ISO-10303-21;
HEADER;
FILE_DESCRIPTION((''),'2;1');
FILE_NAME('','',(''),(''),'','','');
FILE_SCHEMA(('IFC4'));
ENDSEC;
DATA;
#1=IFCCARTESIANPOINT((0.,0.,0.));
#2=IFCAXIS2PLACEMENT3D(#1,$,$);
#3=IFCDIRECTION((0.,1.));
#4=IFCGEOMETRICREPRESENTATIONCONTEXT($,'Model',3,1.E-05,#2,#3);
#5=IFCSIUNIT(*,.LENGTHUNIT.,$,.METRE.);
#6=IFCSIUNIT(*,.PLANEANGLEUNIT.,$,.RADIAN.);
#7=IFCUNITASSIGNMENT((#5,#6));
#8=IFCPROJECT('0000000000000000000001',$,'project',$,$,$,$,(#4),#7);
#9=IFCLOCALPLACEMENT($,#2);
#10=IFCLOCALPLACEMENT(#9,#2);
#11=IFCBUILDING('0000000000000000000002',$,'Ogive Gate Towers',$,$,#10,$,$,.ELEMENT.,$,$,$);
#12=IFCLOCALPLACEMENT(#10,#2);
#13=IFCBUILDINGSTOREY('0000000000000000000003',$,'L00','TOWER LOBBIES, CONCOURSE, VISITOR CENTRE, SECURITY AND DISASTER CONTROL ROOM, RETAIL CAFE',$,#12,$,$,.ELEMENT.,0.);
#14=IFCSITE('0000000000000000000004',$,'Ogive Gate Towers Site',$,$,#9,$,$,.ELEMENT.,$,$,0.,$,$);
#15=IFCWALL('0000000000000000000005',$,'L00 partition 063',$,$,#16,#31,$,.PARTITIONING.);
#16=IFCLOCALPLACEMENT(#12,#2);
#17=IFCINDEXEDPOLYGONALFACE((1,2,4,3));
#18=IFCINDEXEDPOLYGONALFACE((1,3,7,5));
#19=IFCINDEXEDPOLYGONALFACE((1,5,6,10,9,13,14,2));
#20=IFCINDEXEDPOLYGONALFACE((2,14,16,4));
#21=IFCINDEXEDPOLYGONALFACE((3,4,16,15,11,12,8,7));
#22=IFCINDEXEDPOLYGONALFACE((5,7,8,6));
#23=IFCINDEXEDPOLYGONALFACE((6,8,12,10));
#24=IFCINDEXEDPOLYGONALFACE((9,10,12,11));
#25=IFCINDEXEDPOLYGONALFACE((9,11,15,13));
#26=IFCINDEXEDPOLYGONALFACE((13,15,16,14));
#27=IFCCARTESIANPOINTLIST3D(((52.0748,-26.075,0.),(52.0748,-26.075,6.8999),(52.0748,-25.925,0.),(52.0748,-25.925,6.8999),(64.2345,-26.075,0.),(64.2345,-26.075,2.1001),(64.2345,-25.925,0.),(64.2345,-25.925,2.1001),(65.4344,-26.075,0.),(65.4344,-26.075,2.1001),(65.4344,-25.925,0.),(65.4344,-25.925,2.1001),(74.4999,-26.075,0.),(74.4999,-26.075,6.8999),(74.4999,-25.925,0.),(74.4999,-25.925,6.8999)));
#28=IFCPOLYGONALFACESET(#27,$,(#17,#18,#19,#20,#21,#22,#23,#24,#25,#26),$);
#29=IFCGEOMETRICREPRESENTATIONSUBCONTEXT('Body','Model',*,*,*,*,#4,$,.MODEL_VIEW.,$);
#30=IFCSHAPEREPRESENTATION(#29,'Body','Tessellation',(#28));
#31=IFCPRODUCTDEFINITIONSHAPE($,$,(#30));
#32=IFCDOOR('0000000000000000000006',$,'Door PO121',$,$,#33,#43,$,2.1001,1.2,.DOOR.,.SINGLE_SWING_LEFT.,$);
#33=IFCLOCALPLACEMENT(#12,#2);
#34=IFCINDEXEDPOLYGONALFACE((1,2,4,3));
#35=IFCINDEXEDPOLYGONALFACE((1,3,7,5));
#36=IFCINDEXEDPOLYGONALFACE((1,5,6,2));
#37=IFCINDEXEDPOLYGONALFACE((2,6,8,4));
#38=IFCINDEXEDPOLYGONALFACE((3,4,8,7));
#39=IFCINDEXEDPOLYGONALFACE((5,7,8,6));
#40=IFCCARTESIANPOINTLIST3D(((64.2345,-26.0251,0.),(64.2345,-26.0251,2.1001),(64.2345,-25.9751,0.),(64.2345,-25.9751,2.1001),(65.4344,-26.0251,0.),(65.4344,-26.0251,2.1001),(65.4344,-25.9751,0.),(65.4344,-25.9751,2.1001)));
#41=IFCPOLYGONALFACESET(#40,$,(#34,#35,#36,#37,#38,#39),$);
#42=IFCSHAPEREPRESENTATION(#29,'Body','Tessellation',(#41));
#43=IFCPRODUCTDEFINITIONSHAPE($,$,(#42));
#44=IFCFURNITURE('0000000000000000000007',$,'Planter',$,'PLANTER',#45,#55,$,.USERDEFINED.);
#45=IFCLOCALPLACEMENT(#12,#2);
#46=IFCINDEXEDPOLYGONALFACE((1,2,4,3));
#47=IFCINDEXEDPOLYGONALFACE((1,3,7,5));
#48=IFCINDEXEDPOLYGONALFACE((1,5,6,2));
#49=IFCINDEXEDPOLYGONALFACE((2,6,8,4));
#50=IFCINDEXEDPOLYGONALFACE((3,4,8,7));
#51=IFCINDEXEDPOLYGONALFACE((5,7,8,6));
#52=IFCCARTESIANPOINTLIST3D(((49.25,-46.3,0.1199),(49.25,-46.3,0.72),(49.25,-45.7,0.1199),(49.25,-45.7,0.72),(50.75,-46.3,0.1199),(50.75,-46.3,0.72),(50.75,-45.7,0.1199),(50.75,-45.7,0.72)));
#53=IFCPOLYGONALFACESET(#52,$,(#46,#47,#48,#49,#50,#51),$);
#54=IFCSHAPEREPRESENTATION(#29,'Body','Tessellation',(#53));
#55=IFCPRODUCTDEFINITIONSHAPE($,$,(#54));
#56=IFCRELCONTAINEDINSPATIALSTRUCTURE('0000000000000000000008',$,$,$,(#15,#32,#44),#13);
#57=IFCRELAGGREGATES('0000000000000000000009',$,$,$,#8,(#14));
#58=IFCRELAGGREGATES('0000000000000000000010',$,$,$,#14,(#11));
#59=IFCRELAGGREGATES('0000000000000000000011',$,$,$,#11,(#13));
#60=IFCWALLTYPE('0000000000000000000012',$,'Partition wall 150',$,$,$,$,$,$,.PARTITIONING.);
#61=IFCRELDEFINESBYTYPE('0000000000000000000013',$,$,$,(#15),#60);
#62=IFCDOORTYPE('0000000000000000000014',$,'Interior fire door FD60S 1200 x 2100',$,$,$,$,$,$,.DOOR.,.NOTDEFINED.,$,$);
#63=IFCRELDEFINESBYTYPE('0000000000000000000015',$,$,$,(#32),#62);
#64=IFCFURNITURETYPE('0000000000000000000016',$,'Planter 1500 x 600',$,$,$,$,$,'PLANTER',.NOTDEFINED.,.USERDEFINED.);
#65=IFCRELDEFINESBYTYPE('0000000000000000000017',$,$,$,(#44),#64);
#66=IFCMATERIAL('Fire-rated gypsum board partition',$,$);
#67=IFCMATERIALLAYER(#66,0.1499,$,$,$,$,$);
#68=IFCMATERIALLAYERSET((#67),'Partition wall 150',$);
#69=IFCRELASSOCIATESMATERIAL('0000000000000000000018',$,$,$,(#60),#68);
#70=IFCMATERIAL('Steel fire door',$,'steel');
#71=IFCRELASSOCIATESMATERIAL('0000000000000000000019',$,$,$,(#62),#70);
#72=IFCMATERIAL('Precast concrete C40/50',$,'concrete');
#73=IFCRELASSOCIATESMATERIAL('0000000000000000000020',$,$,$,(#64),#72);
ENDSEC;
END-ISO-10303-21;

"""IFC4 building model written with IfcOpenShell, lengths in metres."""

from ifc_helpers import new_model, si_unit, direction, frame, frame_2d, origin, origin_2d, place, context, subcontext, project, spatial, rectangle, extrude, material, layer, layer_set, type_object, element, fill, save


model = new_model("IFC4")

# Units and contexts
model_context = context("Model", 3, precision=1e-05, world=origin(), true_north=direction((0.0, 1.0)))
body_context = subcontext(model_context, "Body", "Model", "MODEL_VIEW")
ifc_project = project(units=[si_unit("LENGTHUNIT", "METRE"), si_unit("PLANEANGLEUNIT", "RADIAN")], contexts=[model_context])

# Site, building, storey
site_placement = place(None, origin())
site = spatial("IfcSite", under=ifc_project, at=site_placement, Name="Ogive Gate Towers Site", CompositionType="ELEMENT", RefElevation=0.0)
building_placement = place(site_placement, origin())
building = spatial("IfcBuilding", under=site, at=building_placement, Name="Ogive Gate Towers", CompositionType="ELEMENT")
storey_placement = place(building_placement, origin())
storey = spatial("IfcBuildingStorey", under=building, at=storey_placement, Name="L00", Description="TOWER LOBBIES, CONCOURSE, VISITOR CENTRE, SECURITY AND DISASTER CONTROL ROOM, RETAIL CAFE", CompositionType="ELEMENT", Elevation=0.0)

# Shared definitions
ifc_material_1 = material(Name="Precast concrete C40/50", Category="concrete")

# Shared definitions
ifc_material_2 = material(Name="Fire-rated gypsum board partition")
ifc_layer_1 = layer(ifc_material_2, 0.1499)
ifc_layer_set_1 = layer_set([ifc_layer_1], Name="Partition wall 150")
wall_type_1 = type_object("IfcWallType", Name="Partition wall 150", PredefinedType="PARTITIONING", material=ifc_layer_set_1)
ifc_material_3 = material(Name="Steel fire door", Category="steel")
door_type_1 = type_object("IfcDoorType", Name="Interior fire door FD60S 1200 x 2100", OperationType="NOTDEFINED", PredefinedType="DOOR", material=ifc_material_3)

# Wall, opening, door
wall_1_placement = place(storey_placement, frame((52.075, -26.0, 0.0), z_axis=(0.0, 0.0, 1.0), x_axis=(1.0, 0.0, 0.0)))
wall_1 = element("IfcWall", 1, at=wall_1_placement, inside=storey, type_object=wall_type_1, Name="L00 partition 063", PredefinedType="PARTITIONING", context=body_context, shape_type="SweptSolid", body=[
    extrude(rectangle(XDim=22.425, YDim=0.1499, at=frame_2d((11.2124, 0.0))), origin(), (0.0, 0.0, 1.0), 6.8999),
])
opening_1_placement = place(wall_1_placement, frame((12.1594, 0.0, 0.0)))
opening_1 = element("IfcOpeningElement", 2, at=opening_1_placement, cuts=wall_1, PredefinedType="OPENING", context=body_context, shape_type="SweptSolid", body=[
    extrude(rectangle(XDim=1.2, YDim=2.1001, at=frame_2d((0.6001, 1.05))), frame((0.0, 0.085, 0.0), z_axis=(0.0, -1.0, 0.0), x_axis=(1.0, 0.0, 0.0)), (0.0, 0.0, 1.0), 0.1699),
])
door_1_placement = place(opening_1_placement, origin())
door_1 = element("IfcDoor", 3, at=door_1_placement, inside=storey, type_object=door_type_1, Name="Door PO121", OperationType="SINGLE_SWING_LEFT", OverallHeight=2.1001, OverallWidth=1.2, PredefinedType="DOOR", context=body_context, shape_type="SweptSolid", body=[
    extrude(rectangle(XDim=1.2, YDim=2.1001, at=frame_2d((0.6001, 1.05))), frame((0.0, 0.0249, 0.0), z_axis=(0.0, -1.0, 0.0), x_axis=(1.0, 0.0, 0.0)), (0.0, 0.0, 1.0), 0.05),
])
fill(opening_1, door_1)

# Furniture
furniture_type = type_object("IfcFurnitureType", Name="Planter 1500 x 600", ElementType="PLANTER", AssemblyPlace="NOTDEFINED", PredefinedType="USERDEFINED", material=ifc_material_1)
furniture_placement = place(storey_placement, frame((50.0, -46.0, 0.1199), z_axis=(0.0, 0.0, 1.0), x_axis=(1.0, 0.0, 0.0)))
element("IfcFurniture", 4, at=furniture_placement, inside=storey, type_object=furniture_type, Name="Planter", ObjectType="PLANTER", PredefinedType="USERDEFINED", context=body_context, shape_type="SweptSolid", body=[
    extrude(rectangle(XDim=1.5, YDim=0.6001, at=origin_2d()), origin(), (0.0, 0.0, 1.0), 0.6001),
])

save(model, "model.ifc")
